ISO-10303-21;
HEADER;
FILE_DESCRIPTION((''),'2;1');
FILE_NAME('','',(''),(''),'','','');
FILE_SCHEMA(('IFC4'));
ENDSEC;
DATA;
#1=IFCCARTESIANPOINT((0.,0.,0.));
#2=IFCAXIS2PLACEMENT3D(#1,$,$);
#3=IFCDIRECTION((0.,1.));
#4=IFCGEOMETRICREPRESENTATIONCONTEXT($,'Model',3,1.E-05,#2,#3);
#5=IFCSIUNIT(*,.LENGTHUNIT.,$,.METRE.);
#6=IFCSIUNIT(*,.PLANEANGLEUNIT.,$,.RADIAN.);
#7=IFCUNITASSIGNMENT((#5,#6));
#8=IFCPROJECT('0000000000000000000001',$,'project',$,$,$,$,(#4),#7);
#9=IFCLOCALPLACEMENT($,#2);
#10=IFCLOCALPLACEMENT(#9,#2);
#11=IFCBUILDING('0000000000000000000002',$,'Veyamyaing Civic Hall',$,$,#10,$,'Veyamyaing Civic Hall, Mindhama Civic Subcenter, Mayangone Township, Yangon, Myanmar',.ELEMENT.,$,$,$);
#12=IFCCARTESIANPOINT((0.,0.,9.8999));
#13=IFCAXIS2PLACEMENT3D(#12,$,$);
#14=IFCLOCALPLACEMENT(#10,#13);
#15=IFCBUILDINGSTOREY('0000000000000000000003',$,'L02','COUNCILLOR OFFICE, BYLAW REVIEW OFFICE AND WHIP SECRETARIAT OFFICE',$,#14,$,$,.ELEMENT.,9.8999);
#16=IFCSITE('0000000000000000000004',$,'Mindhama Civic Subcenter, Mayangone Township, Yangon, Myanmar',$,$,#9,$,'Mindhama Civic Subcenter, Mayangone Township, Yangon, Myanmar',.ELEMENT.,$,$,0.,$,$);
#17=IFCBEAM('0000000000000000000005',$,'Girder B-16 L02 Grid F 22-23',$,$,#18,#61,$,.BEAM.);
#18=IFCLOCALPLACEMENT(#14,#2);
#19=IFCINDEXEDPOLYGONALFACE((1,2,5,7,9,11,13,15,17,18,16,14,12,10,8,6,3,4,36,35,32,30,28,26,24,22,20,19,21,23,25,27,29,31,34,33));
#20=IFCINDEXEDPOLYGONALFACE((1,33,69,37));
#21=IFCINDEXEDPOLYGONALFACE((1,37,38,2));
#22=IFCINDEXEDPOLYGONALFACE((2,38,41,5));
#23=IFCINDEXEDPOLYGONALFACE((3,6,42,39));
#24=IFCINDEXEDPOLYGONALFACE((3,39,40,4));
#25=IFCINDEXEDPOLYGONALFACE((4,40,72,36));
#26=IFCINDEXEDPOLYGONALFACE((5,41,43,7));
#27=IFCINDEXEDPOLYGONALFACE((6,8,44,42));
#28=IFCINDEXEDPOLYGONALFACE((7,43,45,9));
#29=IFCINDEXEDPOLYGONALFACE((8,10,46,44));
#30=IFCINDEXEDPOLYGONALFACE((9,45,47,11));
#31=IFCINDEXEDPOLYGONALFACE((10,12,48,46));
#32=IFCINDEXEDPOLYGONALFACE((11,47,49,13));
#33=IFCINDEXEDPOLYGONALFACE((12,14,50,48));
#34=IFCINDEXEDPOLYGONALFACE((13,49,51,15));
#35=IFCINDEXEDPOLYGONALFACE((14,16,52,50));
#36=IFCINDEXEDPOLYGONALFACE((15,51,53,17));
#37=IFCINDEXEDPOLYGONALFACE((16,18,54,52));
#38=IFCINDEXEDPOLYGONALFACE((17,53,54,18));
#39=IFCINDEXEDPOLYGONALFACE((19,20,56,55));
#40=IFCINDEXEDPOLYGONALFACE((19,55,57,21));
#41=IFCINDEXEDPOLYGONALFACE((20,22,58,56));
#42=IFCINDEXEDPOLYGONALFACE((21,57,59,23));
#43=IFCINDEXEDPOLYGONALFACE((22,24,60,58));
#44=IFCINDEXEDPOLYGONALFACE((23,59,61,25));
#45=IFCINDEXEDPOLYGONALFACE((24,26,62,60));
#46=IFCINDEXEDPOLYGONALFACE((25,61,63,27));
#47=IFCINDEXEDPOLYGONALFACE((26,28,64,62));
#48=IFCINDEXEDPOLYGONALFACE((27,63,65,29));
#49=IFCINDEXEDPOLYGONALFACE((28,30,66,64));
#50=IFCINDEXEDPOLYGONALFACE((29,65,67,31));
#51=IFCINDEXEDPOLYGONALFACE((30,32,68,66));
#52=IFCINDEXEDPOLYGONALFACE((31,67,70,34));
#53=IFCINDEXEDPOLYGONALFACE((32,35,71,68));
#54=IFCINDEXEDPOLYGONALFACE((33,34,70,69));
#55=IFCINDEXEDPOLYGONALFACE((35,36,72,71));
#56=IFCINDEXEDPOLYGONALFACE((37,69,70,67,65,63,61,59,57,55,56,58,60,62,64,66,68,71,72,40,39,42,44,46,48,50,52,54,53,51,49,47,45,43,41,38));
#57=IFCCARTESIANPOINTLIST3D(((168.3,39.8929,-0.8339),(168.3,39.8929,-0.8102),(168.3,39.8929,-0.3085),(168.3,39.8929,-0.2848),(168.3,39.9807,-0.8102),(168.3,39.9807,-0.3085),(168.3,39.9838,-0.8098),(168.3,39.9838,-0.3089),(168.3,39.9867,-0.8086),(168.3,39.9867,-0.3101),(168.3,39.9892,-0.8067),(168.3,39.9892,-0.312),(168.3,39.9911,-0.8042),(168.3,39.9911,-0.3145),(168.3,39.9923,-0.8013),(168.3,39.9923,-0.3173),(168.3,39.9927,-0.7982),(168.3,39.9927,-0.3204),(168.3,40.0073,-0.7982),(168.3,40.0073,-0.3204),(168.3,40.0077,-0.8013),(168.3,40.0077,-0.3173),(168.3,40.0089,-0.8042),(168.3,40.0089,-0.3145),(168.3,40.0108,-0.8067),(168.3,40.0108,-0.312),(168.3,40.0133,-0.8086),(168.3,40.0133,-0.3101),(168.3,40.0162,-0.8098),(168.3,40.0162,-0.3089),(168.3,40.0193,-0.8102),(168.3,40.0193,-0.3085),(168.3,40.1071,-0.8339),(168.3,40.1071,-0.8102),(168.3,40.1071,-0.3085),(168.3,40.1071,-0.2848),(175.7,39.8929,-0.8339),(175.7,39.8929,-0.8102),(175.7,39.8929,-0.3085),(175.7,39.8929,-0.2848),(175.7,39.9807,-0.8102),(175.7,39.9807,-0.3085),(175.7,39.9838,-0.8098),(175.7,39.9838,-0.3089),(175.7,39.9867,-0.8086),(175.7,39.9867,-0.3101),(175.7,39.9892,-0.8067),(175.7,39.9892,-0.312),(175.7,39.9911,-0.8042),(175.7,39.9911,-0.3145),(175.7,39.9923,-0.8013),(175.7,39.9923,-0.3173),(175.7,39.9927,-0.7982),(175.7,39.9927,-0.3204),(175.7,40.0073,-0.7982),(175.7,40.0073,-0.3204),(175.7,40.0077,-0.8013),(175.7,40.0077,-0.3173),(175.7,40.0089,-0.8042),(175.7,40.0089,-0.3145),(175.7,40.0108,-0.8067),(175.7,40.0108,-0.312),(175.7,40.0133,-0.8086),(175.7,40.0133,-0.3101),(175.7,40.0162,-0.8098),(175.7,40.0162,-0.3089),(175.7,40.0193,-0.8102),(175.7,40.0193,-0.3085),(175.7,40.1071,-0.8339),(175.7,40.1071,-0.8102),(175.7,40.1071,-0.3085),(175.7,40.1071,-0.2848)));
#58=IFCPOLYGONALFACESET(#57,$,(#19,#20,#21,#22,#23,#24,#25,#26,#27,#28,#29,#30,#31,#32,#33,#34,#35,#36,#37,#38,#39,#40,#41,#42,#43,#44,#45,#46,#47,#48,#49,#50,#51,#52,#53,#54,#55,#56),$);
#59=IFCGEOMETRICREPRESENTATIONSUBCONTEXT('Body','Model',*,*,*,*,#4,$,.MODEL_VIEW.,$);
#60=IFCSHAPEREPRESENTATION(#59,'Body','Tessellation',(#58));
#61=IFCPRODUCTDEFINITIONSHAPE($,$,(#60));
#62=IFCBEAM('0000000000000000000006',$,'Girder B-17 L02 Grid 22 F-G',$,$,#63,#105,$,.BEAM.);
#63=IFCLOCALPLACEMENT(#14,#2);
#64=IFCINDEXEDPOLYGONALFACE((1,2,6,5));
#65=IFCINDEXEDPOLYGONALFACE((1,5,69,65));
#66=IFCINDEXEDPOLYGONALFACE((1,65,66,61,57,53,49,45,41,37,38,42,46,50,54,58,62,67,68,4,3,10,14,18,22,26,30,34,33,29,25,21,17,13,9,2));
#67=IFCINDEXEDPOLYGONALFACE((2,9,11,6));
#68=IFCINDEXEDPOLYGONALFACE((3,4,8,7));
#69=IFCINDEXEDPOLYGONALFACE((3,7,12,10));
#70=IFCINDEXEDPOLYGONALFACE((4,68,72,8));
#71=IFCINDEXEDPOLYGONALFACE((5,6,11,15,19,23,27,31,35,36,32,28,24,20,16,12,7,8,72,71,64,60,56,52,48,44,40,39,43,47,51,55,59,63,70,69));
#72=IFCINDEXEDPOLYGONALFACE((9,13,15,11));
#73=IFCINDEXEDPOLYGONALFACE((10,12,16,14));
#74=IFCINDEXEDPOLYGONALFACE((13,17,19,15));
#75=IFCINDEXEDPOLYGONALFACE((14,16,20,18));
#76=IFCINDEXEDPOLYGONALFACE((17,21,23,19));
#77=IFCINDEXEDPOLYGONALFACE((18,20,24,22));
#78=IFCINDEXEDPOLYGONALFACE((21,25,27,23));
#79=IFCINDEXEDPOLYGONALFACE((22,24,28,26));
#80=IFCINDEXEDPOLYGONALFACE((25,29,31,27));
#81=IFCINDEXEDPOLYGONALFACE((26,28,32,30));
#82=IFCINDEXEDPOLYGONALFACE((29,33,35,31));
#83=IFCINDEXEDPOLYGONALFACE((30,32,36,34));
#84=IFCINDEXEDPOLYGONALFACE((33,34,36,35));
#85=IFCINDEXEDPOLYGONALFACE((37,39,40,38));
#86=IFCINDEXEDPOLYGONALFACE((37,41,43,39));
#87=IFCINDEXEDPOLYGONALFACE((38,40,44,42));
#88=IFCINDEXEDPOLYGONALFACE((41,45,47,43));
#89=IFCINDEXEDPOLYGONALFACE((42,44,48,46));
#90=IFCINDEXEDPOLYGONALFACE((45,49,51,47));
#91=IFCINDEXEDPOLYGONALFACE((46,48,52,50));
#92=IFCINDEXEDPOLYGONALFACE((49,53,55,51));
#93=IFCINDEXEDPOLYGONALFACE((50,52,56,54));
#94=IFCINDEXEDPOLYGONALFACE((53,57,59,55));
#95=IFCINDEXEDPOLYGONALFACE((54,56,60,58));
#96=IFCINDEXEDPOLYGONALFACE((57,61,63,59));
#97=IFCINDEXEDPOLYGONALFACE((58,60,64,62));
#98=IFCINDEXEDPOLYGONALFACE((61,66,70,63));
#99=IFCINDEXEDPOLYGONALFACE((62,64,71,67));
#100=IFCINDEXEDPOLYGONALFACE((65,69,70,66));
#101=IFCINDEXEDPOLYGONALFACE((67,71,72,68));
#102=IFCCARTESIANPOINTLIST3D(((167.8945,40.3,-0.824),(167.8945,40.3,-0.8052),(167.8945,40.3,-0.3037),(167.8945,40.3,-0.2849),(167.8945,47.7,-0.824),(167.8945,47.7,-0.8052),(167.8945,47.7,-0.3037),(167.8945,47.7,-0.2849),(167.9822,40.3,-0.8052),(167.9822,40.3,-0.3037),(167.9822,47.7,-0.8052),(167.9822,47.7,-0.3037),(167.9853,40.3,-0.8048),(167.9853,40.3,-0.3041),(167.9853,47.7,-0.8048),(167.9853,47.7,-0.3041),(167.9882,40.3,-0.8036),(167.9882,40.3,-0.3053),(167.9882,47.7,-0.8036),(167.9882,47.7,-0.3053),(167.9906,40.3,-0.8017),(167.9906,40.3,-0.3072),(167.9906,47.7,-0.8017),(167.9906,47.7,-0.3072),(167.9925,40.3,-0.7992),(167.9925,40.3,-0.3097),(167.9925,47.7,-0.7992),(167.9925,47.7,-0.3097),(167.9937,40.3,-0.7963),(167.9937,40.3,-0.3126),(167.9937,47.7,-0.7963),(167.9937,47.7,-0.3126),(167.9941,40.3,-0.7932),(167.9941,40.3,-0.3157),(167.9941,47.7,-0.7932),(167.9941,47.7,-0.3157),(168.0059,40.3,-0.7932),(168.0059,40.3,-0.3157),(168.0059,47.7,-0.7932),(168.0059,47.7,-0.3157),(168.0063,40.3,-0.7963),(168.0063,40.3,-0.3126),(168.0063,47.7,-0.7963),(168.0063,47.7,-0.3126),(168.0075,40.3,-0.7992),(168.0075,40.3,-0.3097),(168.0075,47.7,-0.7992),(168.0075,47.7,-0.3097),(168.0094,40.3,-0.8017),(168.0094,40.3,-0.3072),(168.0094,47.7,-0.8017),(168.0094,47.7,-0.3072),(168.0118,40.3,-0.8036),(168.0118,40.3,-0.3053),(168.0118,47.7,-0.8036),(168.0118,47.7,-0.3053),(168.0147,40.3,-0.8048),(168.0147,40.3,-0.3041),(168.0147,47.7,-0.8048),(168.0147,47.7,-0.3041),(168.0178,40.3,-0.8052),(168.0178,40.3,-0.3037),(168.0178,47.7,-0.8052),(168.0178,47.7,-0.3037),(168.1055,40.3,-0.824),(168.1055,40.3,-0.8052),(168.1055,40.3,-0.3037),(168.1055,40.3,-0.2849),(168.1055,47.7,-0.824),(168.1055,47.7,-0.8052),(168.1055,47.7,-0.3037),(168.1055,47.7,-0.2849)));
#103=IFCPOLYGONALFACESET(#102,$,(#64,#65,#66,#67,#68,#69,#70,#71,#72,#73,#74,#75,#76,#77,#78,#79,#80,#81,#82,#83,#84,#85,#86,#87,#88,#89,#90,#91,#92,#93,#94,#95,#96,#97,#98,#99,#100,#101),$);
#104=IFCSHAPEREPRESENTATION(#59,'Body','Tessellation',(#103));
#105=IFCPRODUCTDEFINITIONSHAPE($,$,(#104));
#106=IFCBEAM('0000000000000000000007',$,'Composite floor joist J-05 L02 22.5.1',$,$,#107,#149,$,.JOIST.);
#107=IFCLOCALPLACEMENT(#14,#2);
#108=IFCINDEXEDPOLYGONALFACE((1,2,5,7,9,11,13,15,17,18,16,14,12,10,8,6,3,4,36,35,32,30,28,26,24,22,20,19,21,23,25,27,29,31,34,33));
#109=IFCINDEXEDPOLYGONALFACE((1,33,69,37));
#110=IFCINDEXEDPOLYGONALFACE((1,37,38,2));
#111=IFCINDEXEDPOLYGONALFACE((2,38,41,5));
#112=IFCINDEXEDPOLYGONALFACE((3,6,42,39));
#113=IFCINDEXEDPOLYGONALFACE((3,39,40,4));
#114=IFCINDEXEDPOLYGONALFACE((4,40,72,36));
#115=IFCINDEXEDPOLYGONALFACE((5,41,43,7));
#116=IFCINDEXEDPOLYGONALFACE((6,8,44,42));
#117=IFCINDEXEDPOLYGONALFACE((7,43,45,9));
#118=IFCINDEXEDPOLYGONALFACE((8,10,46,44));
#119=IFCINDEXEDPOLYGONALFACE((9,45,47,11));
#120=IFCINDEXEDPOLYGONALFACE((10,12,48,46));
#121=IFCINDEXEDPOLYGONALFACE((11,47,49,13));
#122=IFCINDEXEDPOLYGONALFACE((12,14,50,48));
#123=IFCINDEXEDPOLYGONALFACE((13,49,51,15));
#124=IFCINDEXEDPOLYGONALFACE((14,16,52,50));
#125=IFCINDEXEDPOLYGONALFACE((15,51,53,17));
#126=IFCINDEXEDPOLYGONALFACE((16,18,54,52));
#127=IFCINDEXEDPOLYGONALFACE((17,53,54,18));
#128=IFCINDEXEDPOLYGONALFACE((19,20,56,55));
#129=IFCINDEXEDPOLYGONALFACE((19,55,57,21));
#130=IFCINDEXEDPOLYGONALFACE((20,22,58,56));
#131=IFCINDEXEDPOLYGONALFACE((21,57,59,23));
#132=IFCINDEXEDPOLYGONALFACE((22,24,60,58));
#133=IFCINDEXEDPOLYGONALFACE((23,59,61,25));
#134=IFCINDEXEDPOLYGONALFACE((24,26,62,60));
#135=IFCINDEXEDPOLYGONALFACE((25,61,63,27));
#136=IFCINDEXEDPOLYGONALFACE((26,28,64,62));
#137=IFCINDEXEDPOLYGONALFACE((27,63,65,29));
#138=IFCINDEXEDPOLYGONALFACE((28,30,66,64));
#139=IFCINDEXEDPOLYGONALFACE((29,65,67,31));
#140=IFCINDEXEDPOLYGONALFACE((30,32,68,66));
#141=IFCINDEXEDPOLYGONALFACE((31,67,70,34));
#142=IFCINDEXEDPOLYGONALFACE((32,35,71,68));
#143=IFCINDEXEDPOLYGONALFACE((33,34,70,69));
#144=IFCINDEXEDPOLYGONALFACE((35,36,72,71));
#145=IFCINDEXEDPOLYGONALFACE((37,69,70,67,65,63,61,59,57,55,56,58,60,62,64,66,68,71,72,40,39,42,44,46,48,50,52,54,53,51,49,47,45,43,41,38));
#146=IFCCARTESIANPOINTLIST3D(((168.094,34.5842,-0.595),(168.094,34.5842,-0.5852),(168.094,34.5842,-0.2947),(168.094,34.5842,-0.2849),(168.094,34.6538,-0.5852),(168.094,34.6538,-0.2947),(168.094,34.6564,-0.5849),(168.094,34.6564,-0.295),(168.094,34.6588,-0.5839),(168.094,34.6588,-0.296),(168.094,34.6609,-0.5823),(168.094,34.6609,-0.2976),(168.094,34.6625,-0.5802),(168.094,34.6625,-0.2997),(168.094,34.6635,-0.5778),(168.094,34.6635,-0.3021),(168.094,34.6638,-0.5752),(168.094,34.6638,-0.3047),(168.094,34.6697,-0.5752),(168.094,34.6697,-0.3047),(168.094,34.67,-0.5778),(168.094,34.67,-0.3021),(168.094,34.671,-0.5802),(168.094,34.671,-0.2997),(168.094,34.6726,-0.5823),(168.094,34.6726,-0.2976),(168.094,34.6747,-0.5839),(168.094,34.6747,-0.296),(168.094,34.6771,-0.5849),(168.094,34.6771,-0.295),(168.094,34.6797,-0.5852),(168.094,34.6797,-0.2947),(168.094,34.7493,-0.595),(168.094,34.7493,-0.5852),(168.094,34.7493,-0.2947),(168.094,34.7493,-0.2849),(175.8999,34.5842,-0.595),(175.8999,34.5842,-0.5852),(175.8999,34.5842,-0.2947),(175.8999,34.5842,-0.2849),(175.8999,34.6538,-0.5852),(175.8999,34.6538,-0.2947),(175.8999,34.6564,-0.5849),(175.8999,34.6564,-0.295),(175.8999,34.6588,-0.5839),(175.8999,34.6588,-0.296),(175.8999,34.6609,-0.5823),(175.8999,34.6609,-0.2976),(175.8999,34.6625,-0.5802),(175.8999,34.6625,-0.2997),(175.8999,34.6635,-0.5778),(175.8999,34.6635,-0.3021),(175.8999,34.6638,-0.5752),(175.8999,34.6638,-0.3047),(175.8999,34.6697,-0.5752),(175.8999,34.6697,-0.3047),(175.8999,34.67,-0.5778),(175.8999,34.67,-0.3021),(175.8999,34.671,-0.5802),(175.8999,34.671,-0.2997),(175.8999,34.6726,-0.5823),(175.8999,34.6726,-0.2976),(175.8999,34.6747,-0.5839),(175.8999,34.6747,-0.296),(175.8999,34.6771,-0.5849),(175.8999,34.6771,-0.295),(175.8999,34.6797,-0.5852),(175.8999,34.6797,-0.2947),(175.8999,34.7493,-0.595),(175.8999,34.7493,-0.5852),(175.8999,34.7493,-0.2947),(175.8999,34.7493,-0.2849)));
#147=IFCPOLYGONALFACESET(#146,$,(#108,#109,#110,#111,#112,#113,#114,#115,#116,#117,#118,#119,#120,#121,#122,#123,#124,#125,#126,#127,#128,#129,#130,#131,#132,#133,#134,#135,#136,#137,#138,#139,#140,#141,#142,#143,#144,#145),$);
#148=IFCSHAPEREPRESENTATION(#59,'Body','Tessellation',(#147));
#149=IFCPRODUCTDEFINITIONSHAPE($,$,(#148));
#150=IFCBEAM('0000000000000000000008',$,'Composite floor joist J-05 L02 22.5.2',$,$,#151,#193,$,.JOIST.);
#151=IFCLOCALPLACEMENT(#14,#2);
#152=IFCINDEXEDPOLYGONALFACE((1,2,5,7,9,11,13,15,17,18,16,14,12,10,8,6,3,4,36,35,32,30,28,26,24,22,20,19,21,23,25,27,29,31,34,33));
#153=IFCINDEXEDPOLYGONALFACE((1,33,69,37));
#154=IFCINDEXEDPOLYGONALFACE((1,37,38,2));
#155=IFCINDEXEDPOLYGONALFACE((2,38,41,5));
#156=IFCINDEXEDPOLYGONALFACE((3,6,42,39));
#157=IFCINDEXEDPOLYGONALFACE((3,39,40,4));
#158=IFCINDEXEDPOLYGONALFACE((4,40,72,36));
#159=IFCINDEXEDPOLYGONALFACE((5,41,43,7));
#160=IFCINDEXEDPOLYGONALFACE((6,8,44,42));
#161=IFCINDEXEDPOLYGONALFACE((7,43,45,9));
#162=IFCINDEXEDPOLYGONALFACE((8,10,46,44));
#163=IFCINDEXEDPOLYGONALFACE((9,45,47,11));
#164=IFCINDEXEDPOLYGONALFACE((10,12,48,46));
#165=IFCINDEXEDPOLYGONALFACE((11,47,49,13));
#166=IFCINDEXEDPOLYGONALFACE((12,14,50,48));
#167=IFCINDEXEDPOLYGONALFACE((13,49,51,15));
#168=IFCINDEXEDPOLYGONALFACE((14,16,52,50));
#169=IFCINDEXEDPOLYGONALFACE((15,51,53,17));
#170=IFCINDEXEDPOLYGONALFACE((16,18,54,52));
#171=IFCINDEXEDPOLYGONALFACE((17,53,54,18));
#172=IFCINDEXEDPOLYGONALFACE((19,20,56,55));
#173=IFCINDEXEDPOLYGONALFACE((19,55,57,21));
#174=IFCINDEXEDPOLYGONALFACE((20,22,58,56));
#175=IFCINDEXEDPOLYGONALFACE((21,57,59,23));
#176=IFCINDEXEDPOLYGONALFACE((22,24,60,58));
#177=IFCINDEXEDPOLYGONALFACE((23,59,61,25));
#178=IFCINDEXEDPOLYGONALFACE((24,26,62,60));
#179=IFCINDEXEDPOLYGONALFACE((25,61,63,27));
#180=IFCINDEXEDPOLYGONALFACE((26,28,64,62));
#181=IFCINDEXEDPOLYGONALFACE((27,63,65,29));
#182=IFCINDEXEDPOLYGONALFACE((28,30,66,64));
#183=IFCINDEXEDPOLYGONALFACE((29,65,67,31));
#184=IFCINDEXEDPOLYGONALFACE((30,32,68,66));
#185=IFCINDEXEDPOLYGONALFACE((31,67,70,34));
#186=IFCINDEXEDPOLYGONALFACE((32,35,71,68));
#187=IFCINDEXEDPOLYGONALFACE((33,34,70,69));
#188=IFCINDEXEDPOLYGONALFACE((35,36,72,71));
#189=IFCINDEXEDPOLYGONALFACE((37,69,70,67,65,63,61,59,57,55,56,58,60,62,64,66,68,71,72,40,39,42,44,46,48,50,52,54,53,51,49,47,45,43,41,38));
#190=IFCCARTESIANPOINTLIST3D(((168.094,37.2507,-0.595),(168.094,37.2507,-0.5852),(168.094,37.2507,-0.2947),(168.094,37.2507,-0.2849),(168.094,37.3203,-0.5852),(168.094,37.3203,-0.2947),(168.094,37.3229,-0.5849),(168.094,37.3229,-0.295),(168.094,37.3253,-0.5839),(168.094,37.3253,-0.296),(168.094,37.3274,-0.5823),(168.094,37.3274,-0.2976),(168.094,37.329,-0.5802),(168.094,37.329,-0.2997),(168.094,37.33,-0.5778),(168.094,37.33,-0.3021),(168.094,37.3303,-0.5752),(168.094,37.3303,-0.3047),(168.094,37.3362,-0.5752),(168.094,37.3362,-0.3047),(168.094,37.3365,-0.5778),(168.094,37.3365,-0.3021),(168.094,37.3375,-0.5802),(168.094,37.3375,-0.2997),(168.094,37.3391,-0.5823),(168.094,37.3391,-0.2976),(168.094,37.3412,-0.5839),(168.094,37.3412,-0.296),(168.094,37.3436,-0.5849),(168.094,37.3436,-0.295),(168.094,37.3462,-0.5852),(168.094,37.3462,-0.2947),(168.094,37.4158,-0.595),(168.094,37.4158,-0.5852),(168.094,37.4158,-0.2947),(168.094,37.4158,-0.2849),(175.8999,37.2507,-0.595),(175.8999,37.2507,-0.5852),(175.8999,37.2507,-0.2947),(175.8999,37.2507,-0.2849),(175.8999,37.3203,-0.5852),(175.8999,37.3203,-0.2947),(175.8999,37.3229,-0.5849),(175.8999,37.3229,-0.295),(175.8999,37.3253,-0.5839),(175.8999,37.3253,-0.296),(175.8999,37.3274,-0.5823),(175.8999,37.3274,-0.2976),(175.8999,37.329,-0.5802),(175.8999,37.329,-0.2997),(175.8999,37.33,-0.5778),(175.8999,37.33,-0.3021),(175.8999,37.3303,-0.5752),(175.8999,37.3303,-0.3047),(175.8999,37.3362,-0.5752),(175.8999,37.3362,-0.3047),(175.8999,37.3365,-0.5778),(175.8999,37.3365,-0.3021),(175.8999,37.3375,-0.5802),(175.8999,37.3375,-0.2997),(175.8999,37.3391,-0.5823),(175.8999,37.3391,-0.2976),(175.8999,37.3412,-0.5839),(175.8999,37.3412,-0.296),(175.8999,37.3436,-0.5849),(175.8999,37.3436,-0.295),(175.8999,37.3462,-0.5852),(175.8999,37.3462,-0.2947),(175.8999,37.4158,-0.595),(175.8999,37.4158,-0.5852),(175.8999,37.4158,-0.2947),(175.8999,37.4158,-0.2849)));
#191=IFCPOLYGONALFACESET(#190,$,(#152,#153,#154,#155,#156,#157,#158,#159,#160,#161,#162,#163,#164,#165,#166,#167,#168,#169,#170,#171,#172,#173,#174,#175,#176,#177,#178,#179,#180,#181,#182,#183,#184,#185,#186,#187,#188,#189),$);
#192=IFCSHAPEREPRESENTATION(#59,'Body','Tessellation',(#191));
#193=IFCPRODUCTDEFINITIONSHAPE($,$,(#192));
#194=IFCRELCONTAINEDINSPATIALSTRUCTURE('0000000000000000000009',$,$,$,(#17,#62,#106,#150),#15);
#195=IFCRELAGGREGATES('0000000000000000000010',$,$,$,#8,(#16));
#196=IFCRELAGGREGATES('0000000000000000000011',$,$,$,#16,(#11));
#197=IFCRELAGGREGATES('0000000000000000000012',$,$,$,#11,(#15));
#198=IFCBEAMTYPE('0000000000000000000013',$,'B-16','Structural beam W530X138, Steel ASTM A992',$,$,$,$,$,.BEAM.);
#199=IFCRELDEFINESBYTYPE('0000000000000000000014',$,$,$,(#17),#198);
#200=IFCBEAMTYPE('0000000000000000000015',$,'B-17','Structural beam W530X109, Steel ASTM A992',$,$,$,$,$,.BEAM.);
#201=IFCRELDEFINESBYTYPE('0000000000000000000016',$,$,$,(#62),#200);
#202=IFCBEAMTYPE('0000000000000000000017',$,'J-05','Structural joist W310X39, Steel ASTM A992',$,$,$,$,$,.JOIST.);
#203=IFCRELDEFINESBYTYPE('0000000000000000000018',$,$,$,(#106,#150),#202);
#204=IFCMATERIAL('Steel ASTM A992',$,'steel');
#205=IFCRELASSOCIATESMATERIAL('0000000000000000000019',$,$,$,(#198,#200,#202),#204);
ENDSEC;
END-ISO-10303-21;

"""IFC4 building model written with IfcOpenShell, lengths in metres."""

from ifc_helpers import new_model, si_unit, direction, frame, origin, origin_2d, place, context, subcontext, project, spatial, i_section, extrude, material, material_profile, profile_set, type_object, element, save


model = new_model("IFC4")

# Units and contexts
model_context = context("Model", 3, precision=1e-05, world=origin(), true_north=direction((0.0, 1.0)))
body_context = subcontext(model_context, "Body", "Model", "MODEL_VIEW")
ifc_project = project(units=[si_unit("LENGTHUNIT", "METRE"), si_unit("PLANEANGLEUNIT", "RADIAN")], contexts=[model_context])

# Site, building, storey
site_placement = place(None, origin())
site = spatial("IfcSite", under=ifc_project, at=site_placement, Name="Mindhama Civic Subcenter, Mayangone Township, Yangon, Myanmar", LongName="Mindhama Civic Subcenter, Mayangone Township, Yangon, Myanmar", CompositionType="ELEMENT", RefElevation=0.0)
building_placement = place(site_placement, origin())
building = spatial("IfcBuilding", under=site, at=building_placement, Name="Veyamyaing Civic Hall", LongName="Veyamyaing Civic Hall, Mindhama Civic Subcenter, Mayangone Township, Yangon, Myanmar", CompositionType="ELEMENT")
storey_placement = place(building_placement, frame((0.0, 0.0, 9.8999)))
storey = spatial("IfcBuildingStorey", under=building, at=storey_placement, Name="L02", Description="COUNCILLOR OFFICE, BYLAW REVIEW OFFICE AND WHIP SECRETARIAT OFFICE", CompositionType="ELEMENT", Elevation=9.8999)

# Beams
ifc_material_1 = material(Name="Steel ASTM A992", Category="steel")
ifc_material_profile_1 = material_profile(ifc_material_1, i_section(OverallWidth=0.2141, OverallDepth=0.5491, WebThickness=0.0146, FlangeThickness=0.0237, FilletRadius=0.012, at=origin_2d()), Name="W530X138")
ifc_profile_set_1 = profile_set([ifc_material_profile_1], Name="Steel ASTM A992")
beam_type_1 = type_object("IfcBeamType", Name="B-16", Description="Structural beam W530X138, Steel ASTM A992", PredefinedType="BEAM", material=ifc_profile_set_1)
beam_1_placement = place(storey_placement, frame((168.3, 40.0, -0.5593), z_axis=(1.0, 0.0, 0.0), x_axis=(0.0, 1.0, 0.0)))
element("IfcBeam", 1, at=beam_1_placement, inside=storey, type_object=beam_type_1, Name="Girder B-16 L02 Grid F 22-23", PredefinedType="BEAM", context=body_context, shape_type="SweptSolid", body=[
    extrude(i_section(OverallWidth=0.2141, OverallDepth=0.5491, WebThickness=0.0146, FlangeThickness=0.0237, FilletRadius=0.012, at=origin_2d()), origin(), (0.0, 0.0, 1.0), 7.3999),
])
ifc_material_profile_2 = material_profile(ifc_material_1, i_section(OverallWidth=0.2109, OverallDepth=0.5391, WebThickness=0.0117, FlangeThickness=0.0188, FilletRadius=0.012, at=origin_2d()), Name="W530X109")
ifc_profile_set_2 = profile_set([ifc_material_profile_2], Name="Steel ASTM A992")
beam_type_2 = type_object("IfcBeamType", Name="B-17", Description="Structural beam W530X109, Steel ASTM A992", PredefinedType="BEAM", material=ifc_profile_set_2)
beam_2_placement = place(storey_placement, frame((168.0, 40.3, -0.5544), z_axis=(0.0, 1.0, 0.0), x_axis=(-1.0, 0.0, 0.0)))
element("IfcBeam", 2, at=beam_2_placement, inside=storey, type_object=beam_type_2, Name="Girder B-17 L02 Grid 22 F-G", PredefinedType="BEAM", context=body_context, shape_type="SweptSolid", body=[
    extrude(i_section(OverallWidth=0.2109, OverallDepth=0.5391, WebThickness=0.0117, FlangeThickness=0.0188, FilletRadius=0.012, at=origin_2d()), origin(), (0.0, 0.0, 1.0), 7.3999),
])
ifc_material_profile_3 = material_profile(ifc_material_1, i_section(OverallWidth=0.165, OverallDepth=0.3101, WebThickness=0.0059, FlangeThickness=0.0098, FilletRadius=0.01, at=origin_2d()), Name="W310X39")
ifc_profile_set_3 = profile_set([ifc_material_profile_3], Name="Steel ASTM A992")
beam_type_3 = type_object("IfcBeamType", Name="J-05", Description="Structural joist W310X39, Steel ASTM A992", PredefinedType="JOIST", material=ifc_profile_set_3)
for number, where, z_axis, x_axis, name in (
    (3, (168.094, 34.6667, -0.4399), (1.0, 0.0, 0.0), (0.0, 1.0, 0.0), "Composite floor joist J-05 L02 22.5.1"),
    (4, (168.094, 37.3333, -0.4399), (1.0, 0.0, 0.0), (0.0, 1.0, 0.0), "Composite floor joist J-05 L02 22.5.2"),
):
    element("IfcBeam", number, at=place(storey_placement, frame(where, z_axis=z_axis, x_axis=x_axis)), inside=storey, type_object=beam_type_3, Name=name, PredefinedType="JOIST", context=body_context, shape_type="SweptSolid", body=[
        extrude(i_section(OverallWidth=0.165, OverallDepth=0.3101, WebThickness=0.0059, FlangeThickness=0.0098, FilletRadius=0.01, at=origin_2d()), origin(), (0.0, 0.0, 1.0), 7.8059),
    ])

save(model, "model.ifc")
